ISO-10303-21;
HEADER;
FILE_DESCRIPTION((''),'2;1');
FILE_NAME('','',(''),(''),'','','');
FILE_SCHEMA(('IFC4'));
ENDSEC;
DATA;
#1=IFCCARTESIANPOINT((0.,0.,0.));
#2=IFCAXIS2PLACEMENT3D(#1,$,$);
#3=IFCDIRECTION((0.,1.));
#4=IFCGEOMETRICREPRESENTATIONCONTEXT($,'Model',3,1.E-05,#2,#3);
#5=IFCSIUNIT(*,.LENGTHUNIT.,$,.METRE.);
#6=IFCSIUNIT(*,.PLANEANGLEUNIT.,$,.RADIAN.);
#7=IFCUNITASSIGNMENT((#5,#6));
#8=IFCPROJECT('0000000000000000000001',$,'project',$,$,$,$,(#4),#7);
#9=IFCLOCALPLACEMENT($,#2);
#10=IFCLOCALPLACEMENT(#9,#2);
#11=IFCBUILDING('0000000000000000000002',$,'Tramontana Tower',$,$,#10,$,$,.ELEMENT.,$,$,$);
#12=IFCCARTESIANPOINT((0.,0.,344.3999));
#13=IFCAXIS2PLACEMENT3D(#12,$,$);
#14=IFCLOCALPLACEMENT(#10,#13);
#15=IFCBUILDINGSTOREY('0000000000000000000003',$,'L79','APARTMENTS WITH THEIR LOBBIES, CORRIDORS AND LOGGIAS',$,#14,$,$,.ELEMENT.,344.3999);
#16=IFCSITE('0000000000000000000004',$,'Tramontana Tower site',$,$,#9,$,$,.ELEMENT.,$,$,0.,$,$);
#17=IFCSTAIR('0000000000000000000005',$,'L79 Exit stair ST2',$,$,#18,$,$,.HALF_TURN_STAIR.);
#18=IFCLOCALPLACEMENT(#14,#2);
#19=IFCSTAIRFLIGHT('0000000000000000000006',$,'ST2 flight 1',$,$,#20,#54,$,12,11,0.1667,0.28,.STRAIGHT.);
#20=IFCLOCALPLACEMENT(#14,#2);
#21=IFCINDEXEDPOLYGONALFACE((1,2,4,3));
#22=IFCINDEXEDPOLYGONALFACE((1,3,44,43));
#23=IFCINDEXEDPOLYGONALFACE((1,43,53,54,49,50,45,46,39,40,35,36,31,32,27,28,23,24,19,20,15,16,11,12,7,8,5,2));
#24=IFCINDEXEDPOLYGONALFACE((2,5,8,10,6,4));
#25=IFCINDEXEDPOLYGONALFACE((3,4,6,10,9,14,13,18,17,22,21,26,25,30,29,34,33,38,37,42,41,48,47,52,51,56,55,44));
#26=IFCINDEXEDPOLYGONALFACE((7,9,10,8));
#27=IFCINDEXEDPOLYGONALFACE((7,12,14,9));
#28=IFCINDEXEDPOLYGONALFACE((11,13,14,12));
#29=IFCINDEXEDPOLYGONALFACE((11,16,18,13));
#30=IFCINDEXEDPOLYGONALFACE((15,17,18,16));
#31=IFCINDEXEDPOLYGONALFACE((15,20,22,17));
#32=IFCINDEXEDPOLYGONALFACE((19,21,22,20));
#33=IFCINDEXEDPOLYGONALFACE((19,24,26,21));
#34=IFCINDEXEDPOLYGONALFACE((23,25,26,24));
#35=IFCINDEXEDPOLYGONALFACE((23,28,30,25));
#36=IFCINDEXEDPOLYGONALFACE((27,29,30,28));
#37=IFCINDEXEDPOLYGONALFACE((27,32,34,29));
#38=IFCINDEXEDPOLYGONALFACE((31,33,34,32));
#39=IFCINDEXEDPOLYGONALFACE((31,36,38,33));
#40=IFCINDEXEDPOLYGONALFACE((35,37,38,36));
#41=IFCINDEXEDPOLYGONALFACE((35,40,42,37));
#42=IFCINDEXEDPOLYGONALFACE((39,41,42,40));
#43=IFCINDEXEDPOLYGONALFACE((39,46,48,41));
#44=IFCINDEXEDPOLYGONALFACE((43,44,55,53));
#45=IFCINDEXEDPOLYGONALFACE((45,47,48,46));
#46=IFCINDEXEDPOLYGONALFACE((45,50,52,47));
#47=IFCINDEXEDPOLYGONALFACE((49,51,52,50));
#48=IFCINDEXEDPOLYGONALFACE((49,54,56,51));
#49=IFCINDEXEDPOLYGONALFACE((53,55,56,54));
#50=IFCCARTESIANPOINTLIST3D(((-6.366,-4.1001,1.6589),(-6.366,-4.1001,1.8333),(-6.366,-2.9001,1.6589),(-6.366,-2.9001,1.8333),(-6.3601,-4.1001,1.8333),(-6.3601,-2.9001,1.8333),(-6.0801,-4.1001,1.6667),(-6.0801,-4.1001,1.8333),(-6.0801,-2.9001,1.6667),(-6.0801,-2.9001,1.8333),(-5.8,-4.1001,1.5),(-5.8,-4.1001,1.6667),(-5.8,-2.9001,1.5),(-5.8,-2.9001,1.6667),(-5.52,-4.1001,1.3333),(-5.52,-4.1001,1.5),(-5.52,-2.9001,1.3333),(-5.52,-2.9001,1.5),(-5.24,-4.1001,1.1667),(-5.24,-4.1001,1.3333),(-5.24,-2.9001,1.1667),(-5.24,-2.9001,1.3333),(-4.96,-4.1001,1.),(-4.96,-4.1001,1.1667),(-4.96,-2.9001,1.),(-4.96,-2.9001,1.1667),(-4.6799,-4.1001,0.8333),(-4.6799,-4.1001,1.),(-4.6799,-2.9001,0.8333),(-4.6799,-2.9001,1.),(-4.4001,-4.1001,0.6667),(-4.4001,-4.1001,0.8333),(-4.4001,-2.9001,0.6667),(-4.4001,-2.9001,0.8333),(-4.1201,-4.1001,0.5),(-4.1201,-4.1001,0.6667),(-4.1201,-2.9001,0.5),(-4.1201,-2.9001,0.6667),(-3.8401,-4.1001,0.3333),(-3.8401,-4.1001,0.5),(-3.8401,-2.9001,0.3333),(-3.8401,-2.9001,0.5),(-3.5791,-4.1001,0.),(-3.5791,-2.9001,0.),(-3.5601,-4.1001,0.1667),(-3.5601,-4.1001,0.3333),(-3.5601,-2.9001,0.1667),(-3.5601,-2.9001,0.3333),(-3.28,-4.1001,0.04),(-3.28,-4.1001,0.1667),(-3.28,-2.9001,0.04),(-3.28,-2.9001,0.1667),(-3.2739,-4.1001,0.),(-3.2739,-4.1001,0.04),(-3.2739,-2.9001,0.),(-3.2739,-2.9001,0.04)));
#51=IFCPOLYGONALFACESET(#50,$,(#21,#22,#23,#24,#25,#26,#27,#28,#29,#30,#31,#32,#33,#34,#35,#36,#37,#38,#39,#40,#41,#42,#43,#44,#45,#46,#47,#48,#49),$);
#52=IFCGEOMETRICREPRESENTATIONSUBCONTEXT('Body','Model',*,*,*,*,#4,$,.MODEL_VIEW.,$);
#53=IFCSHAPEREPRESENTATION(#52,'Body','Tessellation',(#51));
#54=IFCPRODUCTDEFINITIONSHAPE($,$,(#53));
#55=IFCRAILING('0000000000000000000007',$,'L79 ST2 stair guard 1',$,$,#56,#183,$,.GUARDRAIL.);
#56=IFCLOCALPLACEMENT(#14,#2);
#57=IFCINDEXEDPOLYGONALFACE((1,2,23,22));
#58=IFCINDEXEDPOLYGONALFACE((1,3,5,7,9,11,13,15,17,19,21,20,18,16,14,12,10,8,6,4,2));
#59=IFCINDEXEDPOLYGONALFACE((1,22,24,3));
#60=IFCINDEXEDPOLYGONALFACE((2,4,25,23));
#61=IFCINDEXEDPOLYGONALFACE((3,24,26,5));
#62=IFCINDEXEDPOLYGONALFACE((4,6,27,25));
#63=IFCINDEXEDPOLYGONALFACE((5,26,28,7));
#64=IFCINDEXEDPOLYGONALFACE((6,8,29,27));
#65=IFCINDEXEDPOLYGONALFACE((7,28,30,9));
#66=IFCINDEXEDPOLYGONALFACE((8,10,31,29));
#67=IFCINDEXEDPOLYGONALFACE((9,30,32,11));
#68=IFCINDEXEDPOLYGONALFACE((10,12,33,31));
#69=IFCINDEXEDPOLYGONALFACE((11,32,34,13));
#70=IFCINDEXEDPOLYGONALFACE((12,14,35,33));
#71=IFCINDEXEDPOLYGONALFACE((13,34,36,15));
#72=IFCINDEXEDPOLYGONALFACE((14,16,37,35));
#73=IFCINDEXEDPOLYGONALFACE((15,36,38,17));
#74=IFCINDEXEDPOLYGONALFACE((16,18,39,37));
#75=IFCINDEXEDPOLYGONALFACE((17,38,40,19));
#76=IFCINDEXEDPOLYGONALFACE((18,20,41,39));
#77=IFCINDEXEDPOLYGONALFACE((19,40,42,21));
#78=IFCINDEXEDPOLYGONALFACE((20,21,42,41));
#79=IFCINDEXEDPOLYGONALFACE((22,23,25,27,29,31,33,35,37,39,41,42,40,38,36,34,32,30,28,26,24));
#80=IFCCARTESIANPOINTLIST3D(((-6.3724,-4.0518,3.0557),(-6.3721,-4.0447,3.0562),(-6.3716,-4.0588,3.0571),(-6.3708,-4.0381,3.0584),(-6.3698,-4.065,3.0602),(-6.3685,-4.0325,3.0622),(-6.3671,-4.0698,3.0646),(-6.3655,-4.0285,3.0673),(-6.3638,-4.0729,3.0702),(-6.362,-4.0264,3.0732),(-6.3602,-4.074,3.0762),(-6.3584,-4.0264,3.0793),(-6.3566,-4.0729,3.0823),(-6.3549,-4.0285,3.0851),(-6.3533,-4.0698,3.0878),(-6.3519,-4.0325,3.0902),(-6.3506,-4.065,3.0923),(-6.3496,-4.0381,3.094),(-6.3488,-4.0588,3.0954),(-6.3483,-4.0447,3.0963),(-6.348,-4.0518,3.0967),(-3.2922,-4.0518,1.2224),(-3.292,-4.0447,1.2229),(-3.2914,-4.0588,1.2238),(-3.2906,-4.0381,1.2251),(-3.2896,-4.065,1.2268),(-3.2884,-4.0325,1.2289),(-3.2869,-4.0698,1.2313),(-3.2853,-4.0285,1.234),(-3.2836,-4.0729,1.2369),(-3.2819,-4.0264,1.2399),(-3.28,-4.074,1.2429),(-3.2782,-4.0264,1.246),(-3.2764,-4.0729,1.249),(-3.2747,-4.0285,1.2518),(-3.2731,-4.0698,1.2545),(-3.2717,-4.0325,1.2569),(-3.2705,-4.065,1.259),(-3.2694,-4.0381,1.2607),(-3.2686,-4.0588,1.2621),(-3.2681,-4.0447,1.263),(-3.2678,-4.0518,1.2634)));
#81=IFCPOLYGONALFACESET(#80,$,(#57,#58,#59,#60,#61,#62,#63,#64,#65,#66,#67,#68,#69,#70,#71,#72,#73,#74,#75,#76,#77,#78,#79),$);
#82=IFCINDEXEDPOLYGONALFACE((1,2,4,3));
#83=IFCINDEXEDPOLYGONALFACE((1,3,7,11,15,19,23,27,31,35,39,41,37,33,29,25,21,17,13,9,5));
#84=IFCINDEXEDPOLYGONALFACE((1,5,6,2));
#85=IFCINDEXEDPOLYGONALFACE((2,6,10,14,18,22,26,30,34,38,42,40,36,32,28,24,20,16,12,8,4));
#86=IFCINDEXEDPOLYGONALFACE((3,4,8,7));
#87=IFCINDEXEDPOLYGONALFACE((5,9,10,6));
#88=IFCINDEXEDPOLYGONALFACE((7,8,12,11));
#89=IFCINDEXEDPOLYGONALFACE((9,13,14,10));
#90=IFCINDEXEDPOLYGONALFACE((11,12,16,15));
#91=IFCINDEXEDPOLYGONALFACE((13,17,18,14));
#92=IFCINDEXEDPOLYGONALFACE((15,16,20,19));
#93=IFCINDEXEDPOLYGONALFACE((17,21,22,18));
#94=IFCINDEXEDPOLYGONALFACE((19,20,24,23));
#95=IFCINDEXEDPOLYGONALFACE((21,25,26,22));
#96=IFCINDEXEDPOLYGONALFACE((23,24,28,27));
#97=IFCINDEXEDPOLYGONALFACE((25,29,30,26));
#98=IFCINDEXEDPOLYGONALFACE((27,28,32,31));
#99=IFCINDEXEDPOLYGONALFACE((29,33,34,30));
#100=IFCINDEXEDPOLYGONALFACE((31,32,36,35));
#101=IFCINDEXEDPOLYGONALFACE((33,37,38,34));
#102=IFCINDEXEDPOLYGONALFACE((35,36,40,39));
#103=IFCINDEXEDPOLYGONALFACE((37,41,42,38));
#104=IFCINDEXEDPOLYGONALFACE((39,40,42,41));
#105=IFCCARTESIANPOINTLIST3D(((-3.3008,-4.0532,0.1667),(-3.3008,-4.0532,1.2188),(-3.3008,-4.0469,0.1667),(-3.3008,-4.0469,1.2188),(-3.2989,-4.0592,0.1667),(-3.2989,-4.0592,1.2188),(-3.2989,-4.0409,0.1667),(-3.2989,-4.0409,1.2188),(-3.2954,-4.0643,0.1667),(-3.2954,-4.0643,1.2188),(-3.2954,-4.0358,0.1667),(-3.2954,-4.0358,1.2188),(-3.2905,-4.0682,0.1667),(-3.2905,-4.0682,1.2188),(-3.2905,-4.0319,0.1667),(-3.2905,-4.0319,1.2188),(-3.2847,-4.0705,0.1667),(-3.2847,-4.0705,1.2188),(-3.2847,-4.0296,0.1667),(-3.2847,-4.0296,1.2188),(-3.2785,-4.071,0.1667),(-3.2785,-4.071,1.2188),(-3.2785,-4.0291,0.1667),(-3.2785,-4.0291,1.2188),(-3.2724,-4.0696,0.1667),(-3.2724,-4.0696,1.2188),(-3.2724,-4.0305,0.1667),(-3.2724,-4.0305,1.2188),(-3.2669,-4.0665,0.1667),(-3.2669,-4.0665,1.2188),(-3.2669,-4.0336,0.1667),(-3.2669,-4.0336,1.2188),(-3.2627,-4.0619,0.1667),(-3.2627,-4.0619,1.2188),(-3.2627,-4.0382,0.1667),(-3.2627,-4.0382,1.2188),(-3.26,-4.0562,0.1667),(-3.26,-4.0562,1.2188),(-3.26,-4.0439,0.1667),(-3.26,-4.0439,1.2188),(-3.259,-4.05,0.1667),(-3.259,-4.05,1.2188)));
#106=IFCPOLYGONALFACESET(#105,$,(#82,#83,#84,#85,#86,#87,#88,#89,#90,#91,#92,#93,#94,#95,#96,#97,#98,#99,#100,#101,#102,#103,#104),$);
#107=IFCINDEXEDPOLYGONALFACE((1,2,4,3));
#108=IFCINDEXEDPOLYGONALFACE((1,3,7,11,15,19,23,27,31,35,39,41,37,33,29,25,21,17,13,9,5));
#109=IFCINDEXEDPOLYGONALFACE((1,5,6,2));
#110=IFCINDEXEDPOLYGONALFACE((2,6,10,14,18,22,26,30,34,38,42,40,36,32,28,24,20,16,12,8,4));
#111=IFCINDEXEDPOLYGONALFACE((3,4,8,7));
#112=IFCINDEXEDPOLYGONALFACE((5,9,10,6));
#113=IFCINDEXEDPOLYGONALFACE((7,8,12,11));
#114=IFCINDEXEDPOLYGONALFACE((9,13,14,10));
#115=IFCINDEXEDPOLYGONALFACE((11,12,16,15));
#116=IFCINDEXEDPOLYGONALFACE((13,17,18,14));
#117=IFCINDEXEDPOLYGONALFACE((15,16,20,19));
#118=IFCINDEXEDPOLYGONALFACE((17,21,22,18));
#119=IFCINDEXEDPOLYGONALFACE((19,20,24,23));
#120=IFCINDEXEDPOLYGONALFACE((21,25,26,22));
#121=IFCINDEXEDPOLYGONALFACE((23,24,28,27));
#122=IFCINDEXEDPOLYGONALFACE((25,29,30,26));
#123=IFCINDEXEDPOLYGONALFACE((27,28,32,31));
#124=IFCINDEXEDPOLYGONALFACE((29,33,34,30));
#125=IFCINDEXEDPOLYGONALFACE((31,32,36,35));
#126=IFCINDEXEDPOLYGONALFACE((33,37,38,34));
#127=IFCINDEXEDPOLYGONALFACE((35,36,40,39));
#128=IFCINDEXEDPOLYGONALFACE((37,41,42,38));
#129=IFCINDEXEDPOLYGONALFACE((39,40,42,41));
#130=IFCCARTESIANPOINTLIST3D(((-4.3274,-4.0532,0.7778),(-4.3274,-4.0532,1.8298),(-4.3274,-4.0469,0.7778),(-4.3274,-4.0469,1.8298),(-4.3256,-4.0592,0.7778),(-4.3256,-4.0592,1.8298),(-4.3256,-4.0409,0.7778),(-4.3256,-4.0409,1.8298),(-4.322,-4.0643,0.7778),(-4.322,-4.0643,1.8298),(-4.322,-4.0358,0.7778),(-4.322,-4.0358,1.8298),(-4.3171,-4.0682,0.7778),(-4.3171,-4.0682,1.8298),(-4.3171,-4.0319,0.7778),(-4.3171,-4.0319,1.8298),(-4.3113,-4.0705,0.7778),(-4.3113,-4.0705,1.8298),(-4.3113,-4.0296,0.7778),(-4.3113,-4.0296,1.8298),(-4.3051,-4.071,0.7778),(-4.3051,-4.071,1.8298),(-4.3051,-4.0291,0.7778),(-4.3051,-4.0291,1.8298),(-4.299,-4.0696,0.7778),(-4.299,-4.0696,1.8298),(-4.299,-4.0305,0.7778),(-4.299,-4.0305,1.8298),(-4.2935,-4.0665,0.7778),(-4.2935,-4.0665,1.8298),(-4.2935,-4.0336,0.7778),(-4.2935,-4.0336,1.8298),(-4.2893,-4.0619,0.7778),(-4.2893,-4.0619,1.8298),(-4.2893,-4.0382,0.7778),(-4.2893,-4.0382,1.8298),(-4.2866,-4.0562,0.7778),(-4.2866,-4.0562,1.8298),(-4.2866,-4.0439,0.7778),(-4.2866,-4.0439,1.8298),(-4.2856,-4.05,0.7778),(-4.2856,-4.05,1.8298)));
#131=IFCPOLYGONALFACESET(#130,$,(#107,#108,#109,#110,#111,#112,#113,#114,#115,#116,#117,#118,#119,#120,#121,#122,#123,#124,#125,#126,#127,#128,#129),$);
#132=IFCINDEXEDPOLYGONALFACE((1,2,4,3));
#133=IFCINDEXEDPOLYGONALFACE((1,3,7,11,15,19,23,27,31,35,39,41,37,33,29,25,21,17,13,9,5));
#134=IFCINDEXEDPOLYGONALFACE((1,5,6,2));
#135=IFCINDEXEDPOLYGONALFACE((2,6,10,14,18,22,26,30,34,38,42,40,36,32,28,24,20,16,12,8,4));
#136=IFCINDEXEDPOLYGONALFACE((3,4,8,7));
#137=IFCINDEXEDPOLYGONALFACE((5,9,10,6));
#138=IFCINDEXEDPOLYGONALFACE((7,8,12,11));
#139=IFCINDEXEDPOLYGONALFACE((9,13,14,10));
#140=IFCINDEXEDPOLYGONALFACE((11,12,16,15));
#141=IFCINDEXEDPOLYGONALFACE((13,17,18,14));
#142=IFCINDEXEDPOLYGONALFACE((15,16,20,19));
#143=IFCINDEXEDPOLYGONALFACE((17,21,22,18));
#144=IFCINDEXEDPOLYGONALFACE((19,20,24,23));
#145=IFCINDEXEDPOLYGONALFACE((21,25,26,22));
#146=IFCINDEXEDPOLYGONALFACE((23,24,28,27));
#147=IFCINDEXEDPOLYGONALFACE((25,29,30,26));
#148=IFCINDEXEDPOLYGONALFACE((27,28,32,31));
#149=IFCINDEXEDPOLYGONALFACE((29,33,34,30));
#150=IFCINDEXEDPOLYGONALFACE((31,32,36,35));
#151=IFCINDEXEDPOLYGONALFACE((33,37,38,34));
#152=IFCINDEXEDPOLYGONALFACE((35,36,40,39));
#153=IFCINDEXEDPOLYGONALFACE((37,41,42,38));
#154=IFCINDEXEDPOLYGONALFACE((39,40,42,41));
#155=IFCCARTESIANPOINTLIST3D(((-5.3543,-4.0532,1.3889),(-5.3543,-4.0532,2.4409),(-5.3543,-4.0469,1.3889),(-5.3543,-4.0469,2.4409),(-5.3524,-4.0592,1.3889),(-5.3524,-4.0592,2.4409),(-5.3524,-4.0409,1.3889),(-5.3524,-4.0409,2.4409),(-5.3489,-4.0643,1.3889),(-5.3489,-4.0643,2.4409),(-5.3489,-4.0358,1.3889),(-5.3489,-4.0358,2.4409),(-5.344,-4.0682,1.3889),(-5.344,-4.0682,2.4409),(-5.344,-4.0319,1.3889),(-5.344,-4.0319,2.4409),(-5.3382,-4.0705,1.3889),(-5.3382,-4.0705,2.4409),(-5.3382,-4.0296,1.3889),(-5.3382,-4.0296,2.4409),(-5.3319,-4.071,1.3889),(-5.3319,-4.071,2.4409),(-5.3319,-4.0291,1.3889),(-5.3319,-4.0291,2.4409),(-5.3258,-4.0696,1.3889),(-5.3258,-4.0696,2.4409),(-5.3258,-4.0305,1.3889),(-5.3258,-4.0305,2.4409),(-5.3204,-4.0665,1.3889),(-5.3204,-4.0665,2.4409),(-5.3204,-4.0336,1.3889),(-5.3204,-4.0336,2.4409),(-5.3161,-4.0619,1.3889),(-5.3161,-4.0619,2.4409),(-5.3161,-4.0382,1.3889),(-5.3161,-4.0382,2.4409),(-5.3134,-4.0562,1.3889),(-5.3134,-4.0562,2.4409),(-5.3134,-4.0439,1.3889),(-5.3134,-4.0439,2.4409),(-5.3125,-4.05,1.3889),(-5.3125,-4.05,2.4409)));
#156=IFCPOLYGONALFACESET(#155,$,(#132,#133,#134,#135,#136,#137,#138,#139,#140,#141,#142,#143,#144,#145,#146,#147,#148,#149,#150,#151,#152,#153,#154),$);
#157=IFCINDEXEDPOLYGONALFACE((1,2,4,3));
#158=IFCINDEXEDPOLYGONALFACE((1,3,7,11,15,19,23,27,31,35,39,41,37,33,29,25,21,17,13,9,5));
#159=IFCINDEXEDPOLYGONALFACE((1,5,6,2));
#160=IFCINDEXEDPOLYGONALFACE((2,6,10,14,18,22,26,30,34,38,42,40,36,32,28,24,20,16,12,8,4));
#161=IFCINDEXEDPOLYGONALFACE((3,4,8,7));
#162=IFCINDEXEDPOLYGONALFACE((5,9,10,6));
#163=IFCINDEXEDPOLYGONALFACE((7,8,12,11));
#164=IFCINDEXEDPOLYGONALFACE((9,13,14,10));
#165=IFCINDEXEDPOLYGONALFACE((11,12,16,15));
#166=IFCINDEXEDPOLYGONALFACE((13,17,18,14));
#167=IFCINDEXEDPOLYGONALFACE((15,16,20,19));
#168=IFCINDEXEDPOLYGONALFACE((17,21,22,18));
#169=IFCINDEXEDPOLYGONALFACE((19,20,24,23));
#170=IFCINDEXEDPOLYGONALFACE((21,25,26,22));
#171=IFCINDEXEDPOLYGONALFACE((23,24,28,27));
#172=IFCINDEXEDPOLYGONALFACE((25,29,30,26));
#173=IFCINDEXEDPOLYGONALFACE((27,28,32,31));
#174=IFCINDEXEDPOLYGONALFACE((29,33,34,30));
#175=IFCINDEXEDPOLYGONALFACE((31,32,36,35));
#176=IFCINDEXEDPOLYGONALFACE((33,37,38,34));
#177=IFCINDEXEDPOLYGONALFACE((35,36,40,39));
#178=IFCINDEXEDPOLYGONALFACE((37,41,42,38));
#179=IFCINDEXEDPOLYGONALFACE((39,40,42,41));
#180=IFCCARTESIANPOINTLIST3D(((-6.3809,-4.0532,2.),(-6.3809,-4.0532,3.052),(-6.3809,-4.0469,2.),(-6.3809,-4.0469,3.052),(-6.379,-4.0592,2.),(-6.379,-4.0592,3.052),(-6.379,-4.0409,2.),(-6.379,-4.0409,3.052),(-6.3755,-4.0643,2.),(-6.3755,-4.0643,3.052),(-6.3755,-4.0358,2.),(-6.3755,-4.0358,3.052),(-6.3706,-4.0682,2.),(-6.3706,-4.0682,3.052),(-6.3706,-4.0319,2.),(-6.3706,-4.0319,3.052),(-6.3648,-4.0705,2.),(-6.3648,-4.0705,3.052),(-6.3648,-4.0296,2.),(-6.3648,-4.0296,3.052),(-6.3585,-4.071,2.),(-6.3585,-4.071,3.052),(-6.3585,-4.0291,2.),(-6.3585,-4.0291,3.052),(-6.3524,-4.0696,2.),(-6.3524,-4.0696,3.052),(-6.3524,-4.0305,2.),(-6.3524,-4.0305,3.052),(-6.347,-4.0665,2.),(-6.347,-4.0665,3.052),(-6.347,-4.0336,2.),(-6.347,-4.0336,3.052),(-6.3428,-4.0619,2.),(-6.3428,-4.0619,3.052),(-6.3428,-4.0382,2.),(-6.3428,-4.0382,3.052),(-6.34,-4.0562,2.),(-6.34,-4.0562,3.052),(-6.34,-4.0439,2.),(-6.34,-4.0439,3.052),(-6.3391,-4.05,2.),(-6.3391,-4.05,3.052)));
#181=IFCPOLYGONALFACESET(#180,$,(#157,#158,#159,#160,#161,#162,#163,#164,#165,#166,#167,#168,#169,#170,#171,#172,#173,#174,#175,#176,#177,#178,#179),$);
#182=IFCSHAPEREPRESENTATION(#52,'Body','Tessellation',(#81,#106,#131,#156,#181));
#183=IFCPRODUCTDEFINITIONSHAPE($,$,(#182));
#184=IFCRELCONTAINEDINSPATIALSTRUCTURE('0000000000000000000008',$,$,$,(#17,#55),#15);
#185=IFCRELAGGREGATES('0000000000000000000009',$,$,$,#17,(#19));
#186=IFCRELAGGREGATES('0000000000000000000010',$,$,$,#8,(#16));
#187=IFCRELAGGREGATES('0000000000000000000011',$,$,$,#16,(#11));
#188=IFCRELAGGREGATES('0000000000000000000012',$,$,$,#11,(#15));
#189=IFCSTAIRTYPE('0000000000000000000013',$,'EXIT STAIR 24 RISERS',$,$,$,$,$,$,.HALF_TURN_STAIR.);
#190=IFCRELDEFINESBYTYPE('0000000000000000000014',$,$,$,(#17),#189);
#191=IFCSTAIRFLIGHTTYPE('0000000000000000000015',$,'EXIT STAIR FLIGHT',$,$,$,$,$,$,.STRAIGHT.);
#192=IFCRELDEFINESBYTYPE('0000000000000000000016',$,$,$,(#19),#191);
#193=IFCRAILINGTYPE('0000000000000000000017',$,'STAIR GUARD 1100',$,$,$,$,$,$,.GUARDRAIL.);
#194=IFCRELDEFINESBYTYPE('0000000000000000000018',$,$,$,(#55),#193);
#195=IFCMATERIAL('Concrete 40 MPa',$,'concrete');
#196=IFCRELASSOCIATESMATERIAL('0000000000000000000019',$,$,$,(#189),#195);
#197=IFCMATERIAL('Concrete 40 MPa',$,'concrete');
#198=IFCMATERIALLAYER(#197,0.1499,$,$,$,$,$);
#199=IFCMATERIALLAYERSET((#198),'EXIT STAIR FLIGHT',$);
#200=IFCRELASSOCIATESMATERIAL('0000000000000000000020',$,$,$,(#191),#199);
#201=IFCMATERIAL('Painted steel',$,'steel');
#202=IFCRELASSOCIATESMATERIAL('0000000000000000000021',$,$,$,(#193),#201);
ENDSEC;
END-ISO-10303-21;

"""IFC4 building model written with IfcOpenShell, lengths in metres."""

from ifc_helpers import new_model, si_unit, direction, frame, origin, origin_2d, place, context, subcontext, project, spatial, polyline, circle, outline, extrude, material, layer, layer_set, type_object, element, aggregate, save


model = new_model("IFC4")

# Units and contexts
model_context = context("Model", 3, precision=1e-05, world=origin(), true_north=direction((0.0, 1.0)))
body_context = subcontext(model_context, "Body", "Model", "MODEL_VIEW")
ifc_project = project(units=[si_unit("LENGTHUNIT", "METRE"), si_unit("PLANEANGLEUNIT", "RADIAN")], contexts=[model_context])

# Site, building, storey
site_placement = place(None, origin())
site = spatial("IfcSite", under=ifc_project, at=site_placement, Name="Tramontana Tower site", CompositionType="ELEMENT", RefElevation=0.0)
building_placement = place(site_placement, origin())
building = spatial("IfcBuilding", under=site, at=building_placement, Name="Tramontana Tower", CompositionType="ELEMENT")
storey_placement = place(building_placement, frame((0.0, 0.0, 344.3999)))
storey = spatial("IfcBuildingStorey", under=building, at=storey_placement, Name="L79", Description="APARTMENTS WITH THEIR LOBBIES, CORRIDORS AND LOGGIAS", CompositionType="ELEMENT", Elevation=344.3999)

# Stair
ifc_material_1 = material(Name="Concrete 40 MPa", Category="concrete")
stair_type = type_object("IfcStairType", Name="EXIT STAIR 24 RISERS", PredefinedType="HALF_TURN_STAIR", material=ifc_material_1)
stair_1_placement = place(storey_placement, origin())
stair_1 = element("IfcStair", 1, at=stair_1_placement, inside=storey, type_object=stair_type, Name="L79 Exit stair ST2", PredefinedType="HALF_TURN_STAIR")

# Stair flight
ifc_material_2 = material(Name="Concrete 40 MPa", Category="concrete")
ifc_layer_1 = layer(ifc_material_2, 0.1499)
ifc_layer_set_1 = layer_set([ifc_layer_1], Name="EXIT STAIR FLIGHT")
stair_flight_type = type_object("IfcStairFlightType", Name="EXIT STAIR FLIGHT", PredefinedType="STRAIGHT", material=ifc_layer_set_1)
stair_flight_placement = place(storey_placement, frame((-3.28, -3.5, 0.0), z_axis=(0.0, 0.0, 1.0), x_axis=(-1.0, 0.0, 0.0)))
stair_flight = element("IfcStairFlight", 2, at=stair_flight_placement, type_object=stair_flight_type, Name="ST2 flight 1", NumberOfRisers=12, NumberOfTreads=11, PredefinedType="STRAIGHT", RiserHeight=0.1667, TreadLength=0.28, context=body_context, shape_type="SweptSolid", body=[
    extrude(outline(polyline([(-0.0061, 0.0), (-0.0061, 0.04), (0.0, 0.04), (0.0, 0.1667), (0.28, 0.1667), (0.28, 0.3333), (0.5601, 0.3333), (0.5601, 0.5), (0.8401, 0.5), (0.8401, 0.6667), (1.1201, 0.6667), (1.1201, 0.8333), (1.3999, 0.8333), (1.3999, 1.0), (1.6799, 1.0), (1.6799, 1.1667), (1.96, 1.1667), (1.96, 1.3333), (2.24, 1.3333), (2.24, 1.5), (2.52, 1.5), (2.52, 1.6667), (2.8, 1.6667), (2.8, 1.8333), (3.0801, 1.8333), (3.0859, 1.8333), (3.0859, 1.6589), (0.2991, 0.0), (-0.0061, 0.0)])), frame((0.0, 0.6001, 0.0), z_axis=(0.0, -1.0, 0.0), x_axis=(1.0, 0.0, 0.0)), (0.0, 0.0, 1.0), 1.2),
])
aggregate(stair_1, [stair_flight])

# Railing
ifc_material_3 = material(Name="Painted steel", Category="steel")
railing_type_1 = type_object("IfcRailingType", Name="STAIR GUARD 1100", PredefinedType="GUARDRAIL", material=ifc_material_3)
railing_1_placement = place(storey_placement, frame((-3.28, -4.05, 0.1667)))
element("IfcRailing", 3, at=railing_1_placement, inside=storey, type_object=railing_type_1, Name="L79 ST2 stair guard 1", PredefinedType="GUARDRAIL", context=body_context, shape_type="SweptSolid", body=[
    extrude(circle(Radius=0.0239, at=origin_2d()), frame((0.0, 0.0, 1.0762), z_axis=(-0.859309, 0.0, 0.511458), x_axis=(0.0, -1.0, 0.0)), (0.0, 0.0, 1.0), 3.5845),
    extrude(circle(Radius=0.021, at=origin_2d()), origin(), (0.0, 0.0, 1.0), 1.052),
    extrude(circle(Radius=0.021, at=origin_2d()), frame((-1.0266, 0.0, 0.6111)), (0.0, 0.0, 1.0), 1.052),
    extrude(circle(Radius=0.021, at=origin_2d()), frame((-2.0535, 0.0, 1.2222)), (0.0, 0.0, 1.0), 1.052),
    extrude(circle(Radius=0.021, at=origin_2d()), frame((-3.0801, 0.0, 1.8333)), (0.0, 0.0, 1.0), 1.052),
])

save(model, "model.ifc")
